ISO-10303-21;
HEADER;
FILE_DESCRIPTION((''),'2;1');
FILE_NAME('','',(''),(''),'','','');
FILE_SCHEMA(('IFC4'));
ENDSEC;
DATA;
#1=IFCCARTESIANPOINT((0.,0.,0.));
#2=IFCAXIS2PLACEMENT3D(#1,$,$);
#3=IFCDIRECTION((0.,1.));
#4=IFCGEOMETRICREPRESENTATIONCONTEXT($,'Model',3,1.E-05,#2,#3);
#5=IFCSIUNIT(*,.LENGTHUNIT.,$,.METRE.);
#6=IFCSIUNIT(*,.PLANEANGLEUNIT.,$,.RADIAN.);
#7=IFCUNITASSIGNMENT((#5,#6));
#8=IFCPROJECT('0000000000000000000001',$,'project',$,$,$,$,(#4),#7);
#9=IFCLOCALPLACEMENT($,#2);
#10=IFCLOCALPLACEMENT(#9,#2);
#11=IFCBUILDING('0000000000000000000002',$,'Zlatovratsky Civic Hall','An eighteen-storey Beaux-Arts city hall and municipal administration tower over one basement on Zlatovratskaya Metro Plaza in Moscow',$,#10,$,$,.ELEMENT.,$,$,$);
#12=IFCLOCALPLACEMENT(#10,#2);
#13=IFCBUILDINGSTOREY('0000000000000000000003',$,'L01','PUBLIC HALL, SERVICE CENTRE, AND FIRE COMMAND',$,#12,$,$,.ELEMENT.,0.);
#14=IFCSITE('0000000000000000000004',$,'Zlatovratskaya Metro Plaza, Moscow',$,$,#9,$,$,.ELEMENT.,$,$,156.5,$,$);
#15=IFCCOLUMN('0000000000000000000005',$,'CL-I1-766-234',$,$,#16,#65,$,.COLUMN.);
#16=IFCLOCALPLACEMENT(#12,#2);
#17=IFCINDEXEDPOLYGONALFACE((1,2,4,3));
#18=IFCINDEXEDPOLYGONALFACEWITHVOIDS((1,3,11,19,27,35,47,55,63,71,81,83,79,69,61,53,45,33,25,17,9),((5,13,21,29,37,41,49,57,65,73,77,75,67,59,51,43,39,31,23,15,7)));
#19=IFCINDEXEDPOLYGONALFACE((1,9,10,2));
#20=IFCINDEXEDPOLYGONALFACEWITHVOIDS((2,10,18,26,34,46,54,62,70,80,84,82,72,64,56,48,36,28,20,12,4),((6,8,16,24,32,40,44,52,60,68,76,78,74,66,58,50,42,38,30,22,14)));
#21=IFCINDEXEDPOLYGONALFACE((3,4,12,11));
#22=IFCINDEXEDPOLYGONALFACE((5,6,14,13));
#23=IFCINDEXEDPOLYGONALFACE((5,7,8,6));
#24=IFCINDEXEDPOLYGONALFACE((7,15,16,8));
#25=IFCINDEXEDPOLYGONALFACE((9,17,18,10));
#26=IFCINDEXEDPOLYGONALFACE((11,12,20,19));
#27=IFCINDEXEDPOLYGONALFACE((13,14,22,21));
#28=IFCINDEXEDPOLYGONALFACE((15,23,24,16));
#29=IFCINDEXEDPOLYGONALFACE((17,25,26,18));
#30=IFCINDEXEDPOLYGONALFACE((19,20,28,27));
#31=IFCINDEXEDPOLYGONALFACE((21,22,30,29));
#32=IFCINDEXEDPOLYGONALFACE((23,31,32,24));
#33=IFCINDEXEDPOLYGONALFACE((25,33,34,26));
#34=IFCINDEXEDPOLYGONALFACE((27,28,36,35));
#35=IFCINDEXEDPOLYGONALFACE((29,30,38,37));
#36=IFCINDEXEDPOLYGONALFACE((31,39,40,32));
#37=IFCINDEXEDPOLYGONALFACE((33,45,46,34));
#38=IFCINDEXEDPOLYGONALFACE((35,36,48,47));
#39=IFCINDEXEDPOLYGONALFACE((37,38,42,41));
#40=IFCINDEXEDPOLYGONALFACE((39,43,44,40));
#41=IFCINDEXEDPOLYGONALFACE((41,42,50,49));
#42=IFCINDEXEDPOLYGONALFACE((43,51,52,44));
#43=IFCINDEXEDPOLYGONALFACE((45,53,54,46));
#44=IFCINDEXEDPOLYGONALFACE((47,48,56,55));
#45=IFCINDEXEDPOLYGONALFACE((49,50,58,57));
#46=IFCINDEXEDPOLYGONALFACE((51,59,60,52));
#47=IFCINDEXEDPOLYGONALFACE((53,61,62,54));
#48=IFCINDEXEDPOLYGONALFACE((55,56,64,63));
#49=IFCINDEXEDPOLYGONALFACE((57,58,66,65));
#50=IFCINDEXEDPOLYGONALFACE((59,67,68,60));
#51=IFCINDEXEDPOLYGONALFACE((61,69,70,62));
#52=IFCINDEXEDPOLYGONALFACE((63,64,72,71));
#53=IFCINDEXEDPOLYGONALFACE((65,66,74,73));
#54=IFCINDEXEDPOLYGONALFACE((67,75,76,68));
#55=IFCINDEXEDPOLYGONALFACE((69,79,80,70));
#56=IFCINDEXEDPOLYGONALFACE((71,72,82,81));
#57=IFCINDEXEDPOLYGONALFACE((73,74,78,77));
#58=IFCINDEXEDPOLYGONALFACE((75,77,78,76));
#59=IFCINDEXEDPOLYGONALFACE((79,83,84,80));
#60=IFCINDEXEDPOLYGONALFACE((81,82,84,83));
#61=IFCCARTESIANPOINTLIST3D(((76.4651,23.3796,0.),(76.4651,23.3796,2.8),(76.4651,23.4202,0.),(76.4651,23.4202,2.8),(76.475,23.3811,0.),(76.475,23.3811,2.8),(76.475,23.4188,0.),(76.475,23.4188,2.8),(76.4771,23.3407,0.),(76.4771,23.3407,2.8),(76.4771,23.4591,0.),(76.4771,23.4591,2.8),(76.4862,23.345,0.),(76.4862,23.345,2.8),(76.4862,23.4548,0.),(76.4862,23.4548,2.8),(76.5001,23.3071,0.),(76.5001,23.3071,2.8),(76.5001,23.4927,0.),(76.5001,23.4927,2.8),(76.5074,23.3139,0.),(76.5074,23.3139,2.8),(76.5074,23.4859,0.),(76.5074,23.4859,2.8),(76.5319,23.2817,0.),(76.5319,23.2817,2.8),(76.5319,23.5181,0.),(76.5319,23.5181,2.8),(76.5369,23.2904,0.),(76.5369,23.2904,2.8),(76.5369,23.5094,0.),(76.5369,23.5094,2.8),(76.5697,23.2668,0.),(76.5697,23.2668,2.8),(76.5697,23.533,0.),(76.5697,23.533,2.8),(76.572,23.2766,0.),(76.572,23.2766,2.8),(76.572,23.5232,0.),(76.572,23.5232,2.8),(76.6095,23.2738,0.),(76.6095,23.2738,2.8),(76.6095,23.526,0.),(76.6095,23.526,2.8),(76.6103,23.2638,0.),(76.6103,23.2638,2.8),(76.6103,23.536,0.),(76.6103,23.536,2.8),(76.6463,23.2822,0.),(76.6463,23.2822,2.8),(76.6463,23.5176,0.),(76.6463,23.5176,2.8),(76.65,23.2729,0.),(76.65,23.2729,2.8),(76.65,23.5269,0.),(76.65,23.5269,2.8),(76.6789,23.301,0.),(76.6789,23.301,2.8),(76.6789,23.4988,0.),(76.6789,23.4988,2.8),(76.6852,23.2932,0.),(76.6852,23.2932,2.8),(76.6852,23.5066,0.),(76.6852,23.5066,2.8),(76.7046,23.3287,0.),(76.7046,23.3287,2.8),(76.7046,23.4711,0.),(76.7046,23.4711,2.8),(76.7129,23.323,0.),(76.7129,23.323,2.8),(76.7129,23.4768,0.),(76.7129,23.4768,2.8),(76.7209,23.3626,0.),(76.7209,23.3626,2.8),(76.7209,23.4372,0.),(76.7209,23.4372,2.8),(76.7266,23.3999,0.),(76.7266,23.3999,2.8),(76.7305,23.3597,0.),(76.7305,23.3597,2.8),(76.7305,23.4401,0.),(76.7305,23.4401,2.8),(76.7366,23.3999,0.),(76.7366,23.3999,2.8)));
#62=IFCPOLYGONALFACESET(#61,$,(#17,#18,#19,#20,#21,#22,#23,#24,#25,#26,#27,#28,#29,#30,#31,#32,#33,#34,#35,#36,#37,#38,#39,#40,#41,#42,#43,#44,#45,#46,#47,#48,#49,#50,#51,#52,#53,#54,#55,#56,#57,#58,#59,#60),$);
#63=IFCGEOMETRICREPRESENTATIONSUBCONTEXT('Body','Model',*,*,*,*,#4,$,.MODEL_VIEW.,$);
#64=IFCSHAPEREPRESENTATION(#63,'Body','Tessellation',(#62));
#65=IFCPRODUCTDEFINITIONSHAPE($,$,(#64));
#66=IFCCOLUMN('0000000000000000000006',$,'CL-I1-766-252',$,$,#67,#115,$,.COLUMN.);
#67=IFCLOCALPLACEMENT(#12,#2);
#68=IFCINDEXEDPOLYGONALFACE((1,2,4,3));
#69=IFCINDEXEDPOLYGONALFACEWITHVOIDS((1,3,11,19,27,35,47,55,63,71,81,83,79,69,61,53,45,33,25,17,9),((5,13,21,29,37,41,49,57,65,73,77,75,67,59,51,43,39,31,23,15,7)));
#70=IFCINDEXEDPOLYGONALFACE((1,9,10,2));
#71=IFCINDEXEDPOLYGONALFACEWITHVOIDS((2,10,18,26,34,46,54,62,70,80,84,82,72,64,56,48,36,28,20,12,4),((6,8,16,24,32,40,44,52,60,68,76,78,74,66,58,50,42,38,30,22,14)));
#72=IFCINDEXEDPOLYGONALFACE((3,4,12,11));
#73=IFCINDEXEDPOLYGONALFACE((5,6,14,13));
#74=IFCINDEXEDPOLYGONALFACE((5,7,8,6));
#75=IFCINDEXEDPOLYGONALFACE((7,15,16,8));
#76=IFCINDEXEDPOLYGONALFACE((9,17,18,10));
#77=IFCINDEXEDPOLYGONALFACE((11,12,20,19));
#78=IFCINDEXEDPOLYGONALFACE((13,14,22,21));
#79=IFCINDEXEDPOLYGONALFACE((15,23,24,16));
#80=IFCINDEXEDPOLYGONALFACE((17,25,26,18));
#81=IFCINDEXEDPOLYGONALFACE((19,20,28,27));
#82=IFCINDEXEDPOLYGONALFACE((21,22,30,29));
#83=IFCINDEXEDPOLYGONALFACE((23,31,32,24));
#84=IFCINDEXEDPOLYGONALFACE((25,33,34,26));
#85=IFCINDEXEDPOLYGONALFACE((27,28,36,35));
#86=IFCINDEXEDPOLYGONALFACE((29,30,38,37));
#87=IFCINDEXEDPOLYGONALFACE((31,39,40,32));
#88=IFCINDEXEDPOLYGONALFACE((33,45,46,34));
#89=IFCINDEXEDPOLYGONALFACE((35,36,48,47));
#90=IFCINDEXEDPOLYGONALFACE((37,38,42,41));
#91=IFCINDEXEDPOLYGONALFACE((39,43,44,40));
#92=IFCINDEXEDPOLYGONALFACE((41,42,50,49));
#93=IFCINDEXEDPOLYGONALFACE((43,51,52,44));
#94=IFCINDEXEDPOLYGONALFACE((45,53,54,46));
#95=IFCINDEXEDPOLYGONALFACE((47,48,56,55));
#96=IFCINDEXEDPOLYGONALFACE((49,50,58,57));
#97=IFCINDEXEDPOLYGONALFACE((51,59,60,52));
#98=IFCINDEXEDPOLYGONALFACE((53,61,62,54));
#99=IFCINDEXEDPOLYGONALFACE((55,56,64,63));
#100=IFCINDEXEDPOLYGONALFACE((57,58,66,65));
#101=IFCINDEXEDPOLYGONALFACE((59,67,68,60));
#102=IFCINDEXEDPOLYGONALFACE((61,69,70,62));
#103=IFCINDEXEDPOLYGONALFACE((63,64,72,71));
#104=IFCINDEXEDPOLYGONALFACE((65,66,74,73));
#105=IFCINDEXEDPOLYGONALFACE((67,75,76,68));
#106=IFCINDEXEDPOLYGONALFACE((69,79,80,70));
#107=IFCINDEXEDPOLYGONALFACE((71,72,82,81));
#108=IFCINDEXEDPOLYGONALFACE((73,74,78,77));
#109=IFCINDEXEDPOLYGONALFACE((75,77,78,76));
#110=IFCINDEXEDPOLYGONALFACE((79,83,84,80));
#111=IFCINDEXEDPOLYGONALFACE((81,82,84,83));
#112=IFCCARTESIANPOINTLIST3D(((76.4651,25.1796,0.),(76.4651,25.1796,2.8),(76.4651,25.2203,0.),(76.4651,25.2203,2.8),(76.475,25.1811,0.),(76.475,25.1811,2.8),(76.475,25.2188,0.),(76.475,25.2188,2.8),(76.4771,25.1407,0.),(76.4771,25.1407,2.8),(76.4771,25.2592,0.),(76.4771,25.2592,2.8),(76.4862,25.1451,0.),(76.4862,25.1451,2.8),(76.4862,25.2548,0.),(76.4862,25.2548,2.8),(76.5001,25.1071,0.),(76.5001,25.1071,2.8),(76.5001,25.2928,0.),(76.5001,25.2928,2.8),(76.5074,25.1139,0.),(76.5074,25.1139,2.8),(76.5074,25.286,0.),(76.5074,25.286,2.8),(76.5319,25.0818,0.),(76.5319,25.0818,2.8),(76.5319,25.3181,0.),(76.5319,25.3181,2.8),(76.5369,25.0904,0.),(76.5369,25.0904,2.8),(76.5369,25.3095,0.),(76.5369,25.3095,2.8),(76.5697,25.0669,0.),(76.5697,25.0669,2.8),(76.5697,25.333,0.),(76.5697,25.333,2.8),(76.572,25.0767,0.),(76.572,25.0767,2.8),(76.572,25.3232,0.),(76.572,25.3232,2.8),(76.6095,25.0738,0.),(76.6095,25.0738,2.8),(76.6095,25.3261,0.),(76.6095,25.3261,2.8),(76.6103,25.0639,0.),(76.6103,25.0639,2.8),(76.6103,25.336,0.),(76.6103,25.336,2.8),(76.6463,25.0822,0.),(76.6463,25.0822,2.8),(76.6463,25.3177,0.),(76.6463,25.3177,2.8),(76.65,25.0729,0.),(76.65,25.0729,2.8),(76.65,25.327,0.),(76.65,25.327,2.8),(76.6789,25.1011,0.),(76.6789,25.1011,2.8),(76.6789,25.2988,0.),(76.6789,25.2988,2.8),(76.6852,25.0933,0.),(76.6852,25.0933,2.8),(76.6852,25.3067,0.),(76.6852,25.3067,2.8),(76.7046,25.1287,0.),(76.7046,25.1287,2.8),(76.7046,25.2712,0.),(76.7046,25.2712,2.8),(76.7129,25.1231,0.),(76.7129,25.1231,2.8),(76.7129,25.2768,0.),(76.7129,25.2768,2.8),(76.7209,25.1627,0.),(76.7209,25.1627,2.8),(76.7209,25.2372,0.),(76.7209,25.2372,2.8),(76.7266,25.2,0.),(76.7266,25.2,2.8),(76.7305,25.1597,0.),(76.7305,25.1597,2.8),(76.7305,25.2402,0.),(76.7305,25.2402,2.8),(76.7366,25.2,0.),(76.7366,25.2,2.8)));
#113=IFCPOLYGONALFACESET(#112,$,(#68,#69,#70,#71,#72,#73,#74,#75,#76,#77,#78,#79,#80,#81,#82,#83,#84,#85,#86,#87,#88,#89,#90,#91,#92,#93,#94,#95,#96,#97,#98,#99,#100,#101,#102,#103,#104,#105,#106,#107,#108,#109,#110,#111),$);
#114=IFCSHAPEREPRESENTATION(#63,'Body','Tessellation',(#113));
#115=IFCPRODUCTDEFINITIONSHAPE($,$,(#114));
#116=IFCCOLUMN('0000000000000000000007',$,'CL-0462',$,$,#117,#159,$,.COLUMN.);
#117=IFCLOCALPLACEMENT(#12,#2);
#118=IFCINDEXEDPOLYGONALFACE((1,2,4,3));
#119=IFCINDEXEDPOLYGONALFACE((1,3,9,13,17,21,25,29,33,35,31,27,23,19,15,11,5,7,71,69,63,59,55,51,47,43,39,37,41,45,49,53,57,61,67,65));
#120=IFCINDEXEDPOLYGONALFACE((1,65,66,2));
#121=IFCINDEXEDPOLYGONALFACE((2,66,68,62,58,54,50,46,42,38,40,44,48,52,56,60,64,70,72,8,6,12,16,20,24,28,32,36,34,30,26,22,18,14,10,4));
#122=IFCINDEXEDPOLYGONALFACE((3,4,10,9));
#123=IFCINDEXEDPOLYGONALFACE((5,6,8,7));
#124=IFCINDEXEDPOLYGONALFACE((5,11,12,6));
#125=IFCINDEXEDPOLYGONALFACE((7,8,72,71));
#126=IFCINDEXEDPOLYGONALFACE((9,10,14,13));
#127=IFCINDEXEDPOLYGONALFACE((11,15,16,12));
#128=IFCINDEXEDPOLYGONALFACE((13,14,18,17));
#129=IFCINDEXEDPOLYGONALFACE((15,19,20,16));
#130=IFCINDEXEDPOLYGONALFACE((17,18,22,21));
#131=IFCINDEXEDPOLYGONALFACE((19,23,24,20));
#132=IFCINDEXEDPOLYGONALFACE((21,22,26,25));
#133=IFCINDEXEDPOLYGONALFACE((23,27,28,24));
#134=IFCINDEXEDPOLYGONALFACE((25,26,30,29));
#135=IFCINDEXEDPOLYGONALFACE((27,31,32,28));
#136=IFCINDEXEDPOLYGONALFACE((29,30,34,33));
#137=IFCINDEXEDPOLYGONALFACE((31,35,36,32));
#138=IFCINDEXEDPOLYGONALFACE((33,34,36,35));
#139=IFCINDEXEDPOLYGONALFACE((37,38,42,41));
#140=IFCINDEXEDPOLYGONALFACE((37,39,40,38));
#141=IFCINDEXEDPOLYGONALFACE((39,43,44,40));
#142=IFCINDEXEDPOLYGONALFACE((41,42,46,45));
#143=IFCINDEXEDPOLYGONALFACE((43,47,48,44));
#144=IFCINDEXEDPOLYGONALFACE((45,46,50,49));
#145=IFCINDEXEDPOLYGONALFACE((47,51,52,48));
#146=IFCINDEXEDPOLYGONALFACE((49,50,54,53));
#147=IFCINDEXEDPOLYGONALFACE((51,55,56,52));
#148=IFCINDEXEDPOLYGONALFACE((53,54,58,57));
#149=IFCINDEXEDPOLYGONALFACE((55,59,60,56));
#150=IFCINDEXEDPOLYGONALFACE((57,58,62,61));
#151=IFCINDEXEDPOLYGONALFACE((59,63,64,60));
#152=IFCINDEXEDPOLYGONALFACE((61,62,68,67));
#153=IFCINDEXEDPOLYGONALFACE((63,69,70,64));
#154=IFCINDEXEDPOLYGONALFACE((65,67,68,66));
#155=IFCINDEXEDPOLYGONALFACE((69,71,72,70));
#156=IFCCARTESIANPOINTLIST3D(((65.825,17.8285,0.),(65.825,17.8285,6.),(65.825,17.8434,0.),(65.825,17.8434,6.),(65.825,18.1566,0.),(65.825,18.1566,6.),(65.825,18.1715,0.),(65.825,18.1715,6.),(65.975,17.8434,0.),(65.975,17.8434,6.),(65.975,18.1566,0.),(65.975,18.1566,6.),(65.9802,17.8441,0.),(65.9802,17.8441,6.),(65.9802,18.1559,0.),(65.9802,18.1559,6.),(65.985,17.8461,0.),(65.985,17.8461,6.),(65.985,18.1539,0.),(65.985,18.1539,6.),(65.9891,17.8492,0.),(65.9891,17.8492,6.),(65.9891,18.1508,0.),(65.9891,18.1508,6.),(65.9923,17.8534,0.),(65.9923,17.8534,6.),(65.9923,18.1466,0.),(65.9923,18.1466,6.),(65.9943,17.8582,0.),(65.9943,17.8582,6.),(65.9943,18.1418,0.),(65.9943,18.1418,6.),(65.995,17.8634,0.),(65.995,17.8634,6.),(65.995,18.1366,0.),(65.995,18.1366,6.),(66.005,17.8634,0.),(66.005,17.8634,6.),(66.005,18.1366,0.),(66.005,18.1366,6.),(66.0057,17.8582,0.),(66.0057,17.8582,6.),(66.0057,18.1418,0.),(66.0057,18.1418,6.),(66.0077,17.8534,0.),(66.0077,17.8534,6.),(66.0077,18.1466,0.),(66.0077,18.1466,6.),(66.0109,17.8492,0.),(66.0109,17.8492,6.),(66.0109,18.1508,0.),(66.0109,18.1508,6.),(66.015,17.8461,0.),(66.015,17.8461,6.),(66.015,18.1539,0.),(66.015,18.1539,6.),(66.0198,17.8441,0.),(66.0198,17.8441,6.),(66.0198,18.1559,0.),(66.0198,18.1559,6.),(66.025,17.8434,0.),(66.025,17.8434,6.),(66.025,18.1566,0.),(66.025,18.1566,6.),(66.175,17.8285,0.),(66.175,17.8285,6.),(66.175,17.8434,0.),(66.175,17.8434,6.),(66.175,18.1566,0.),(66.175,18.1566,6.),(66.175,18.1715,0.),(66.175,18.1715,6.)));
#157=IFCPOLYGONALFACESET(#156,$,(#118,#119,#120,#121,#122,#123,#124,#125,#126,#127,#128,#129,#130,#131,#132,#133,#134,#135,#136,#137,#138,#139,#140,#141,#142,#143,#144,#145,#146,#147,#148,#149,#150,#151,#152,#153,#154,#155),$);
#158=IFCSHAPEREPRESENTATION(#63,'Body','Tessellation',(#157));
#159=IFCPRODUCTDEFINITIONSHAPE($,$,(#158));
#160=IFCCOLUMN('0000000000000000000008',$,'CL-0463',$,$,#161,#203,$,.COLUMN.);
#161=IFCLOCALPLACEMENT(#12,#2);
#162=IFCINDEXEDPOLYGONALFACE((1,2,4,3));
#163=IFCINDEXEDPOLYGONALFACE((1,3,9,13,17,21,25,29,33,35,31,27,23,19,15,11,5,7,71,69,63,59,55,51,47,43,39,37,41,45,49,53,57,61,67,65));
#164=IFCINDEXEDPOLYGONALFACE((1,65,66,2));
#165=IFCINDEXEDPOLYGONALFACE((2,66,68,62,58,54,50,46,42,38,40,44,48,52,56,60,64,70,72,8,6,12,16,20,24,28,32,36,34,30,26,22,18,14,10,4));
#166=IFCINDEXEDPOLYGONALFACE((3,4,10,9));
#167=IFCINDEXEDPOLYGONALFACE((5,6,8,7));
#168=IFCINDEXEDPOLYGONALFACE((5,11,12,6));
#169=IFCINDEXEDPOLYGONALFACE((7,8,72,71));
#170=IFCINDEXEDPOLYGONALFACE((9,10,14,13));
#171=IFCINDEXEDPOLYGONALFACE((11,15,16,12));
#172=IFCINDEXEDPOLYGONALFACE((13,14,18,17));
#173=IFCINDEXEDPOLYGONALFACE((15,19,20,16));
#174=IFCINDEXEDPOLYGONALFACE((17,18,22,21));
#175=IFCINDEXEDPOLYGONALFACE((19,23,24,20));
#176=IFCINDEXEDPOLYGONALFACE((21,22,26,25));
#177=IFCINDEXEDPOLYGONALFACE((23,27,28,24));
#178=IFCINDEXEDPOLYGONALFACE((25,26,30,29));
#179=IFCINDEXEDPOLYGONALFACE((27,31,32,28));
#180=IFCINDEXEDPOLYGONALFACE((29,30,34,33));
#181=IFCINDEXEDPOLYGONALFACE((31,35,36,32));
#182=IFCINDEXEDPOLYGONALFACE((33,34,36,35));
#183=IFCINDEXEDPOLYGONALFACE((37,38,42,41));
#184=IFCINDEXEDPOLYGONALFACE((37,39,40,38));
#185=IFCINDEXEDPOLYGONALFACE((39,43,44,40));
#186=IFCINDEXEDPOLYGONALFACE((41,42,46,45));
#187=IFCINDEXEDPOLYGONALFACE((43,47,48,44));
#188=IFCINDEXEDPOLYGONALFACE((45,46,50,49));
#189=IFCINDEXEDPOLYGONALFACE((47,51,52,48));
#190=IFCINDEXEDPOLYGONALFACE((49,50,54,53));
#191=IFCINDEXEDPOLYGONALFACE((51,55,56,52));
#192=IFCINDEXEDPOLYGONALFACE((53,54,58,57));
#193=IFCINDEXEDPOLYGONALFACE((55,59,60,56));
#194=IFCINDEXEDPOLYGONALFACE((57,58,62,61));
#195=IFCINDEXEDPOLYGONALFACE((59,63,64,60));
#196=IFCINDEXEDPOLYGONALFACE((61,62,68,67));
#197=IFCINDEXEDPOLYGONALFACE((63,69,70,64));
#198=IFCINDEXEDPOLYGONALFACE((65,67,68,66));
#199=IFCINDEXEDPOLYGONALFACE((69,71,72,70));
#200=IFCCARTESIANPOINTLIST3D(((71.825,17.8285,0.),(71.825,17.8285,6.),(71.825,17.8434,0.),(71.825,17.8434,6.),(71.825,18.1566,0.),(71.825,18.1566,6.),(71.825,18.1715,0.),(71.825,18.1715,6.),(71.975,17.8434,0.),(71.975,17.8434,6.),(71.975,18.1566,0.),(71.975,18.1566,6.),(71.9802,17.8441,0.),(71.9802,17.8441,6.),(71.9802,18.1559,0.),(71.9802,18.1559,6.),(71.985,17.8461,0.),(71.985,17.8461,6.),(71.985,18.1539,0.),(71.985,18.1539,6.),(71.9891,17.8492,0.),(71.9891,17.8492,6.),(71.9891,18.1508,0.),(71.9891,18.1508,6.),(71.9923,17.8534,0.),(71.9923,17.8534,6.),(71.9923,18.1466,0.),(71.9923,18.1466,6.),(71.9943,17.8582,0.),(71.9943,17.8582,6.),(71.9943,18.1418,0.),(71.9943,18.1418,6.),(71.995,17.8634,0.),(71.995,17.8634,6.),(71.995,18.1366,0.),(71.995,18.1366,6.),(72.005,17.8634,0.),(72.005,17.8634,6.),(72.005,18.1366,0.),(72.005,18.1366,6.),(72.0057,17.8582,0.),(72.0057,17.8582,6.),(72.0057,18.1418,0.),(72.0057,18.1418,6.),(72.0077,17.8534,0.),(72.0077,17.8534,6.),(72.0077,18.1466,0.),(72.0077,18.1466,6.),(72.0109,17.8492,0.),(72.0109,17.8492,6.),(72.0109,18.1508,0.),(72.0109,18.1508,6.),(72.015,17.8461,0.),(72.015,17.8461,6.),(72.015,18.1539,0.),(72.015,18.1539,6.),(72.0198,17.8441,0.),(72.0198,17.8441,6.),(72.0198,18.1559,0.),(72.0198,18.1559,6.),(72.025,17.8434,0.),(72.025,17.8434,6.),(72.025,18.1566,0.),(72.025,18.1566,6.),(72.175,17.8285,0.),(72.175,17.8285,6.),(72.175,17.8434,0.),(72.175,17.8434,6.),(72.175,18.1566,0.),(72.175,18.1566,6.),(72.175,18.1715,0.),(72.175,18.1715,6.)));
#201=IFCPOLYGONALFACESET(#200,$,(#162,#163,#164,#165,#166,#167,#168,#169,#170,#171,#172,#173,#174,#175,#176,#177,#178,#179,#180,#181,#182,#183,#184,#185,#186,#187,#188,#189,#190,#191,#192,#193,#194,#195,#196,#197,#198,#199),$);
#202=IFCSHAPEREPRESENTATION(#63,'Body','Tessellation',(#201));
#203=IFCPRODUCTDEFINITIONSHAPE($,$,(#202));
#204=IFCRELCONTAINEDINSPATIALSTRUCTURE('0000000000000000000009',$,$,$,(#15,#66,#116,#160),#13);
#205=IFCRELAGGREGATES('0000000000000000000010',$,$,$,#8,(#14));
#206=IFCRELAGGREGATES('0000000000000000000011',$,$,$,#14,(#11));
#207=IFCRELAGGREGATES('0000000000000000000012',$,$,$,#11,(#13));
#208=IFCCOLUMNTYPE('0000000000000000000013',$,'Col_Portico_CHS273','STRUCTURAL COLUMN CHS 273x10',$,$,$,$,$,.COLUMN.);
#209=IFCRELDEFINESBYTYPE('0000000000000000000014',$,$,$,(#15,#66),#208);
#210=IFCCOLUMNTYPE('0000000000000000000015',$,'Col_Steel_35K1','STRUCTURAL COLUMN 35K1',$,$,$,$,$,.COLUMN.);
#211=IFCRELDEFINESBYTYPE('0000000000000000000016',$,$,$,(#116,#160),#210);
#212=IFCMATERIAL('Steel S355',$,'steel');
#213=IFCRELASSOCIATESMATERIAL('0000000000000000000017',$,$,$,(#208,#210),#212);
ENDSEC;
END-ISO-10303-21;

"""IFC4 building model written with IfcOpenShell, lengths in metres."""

from ifc_helpers import new_model, si_unit, direction, frame, origin, origin_2d, place, context, subcontext, project, spatial, hollow_circle, i_section, extrude, material, material_profile, profile_set, type_object, element, save


model = new_model("IFC4")

# Units and contexts
model_context = context("Model", 3, precision=1e-05, world=origin(), true_north=direction((0.0, 1.0)))
body_context = subcontext(model_context, "Body", "Model", "MODEL_VIEW")
ifc_project = project(units=[si_unit("LENGTHUNIT", "METRE"), si_unit("PLANEANGLEUNIT", "RADIAN")], contexts=[model_context])

# Site, building, storey
site_placement = place(None, origin())
site = spatial("IfcSite", under=ifc_project, at=site_placement, Name="Zlatovratskaya Metro Plaza, Moscow", CompositionType="ELEMENT", RefElevation=156.5)
building_placement = place(site_placement, origin())
building = spatial("IfcBuilding", under=site, at=building_placement, Name="Zlatovratsky Civic Hall", Description="An eighteen-storey Beaux-Arts city hall and municipal administration tower over one basement on Zlatovratskaya Metro Plaza in Moscow", CompositionType="ELEMENT")
storey_placement = place(building_placement, origin())
storey = spatial("IfcBuildingStorey", under=building, at=storey_placement, Name="L01", Description="PUBLIC HALL, SERVICE CENTRE, AND FIRE COMMAND", CompositionType="ELEMENT", Elevation=0.0)

# Columns
ifc_material_1 = material(Name="Steel S355", Category="steel")
ifc_material_profile_1 = material_profile(ifc_material_1, hollow_circle(Radius=0.1365, WallThickness=0.01, at=origin_2d()), Name="CHS 273x10")
ifc_profile_set_1 = profile_set([ifc_material_profile_1], Name="Steel S355")
column_type_1 = type_object("IfcColumnType", Name="Col_Portico_CHS273", Description="STRUCTURAL COLUMN CHS 273x10", PredefinedType="COLUMN", material=ifc_profile_set_1)
for number, where, z_axis, x_axis, name in (
    (1, (76.6001, 23.3999, 0.0), (0.0, 0.0, 1.0), (1.0, 0.0, 0.0), "CL-I1-766-234"),
    (2, (76.6001, 25.2, 0.0), (0.0, 0.0, 1.0), (1.0, 0.0, 0.0), "CL-I1-766-252"),
):
    element("IfcColumn", number, at=place(storey_placement, frame(where, z_axis=z_axis, x_axis=x_axis)), inside=storey, type_object=column_type_1, Name=name, PredefinedType="COLUMN", context=body_context, shape_type="SweptSolid", body=[
        extrude(hollow_circle(Radius=0.1365, WallThickness=0.01, at=origin_2d()), origin(), (0.0, 0.0, 1.0), 2.8),
    ])
ifc_material_profile_2 = material_profile(ifc_material_1, i_section(OverallWidth=0.3501, OverallDepth=0.343, WebThickness=0.01, FlangeThickness=0.0149, FilletRadius=0.02, at=origin_2d()), Name="35K1")
ifc_profile_set_2 = profile_set([ifc_material_profile_2], Name="Steel S355")
column_type_2 = type_object("IfcColumnType", Name="Col_Steel_35K1", Description="STRUCTURAL COLUMN 35K1", PredefinedType="COLUMN", material=ifc_profile_set_2)
for number, where, z_axis, x_axis, name in (
    (3, (66.0, 18.0, 0.0), (0.0, 0.0, 1.0), (1.0, 0.0, 0.0), "CL-0462"),
    (4, (72.0, 18.0, 0.0), (0.0, 0.0, 1.0), (1.0, 0.0, 0.0), "CL-0463"),
):
    element("IfcColumn", number, at=place(storey_placement, frame(where, z_axis=z_axis, x_axis=x_axis)), inside=storey, type_object=column_type_2, Name=name, PredefinedType="COLUMN", context=body_context, shape_type="SweptSolid", body=[
        extrude(i_section(OverallWidth=0.3501, OverallDepth=0.343, WebThickness=0.01, FlangeThickness=0.0149, FilletRadius=0.02, at=origin_2d()), origin(), (0.0, 0.0, 1.0), 6.0),
    ])

save(model, "model.ifc")
